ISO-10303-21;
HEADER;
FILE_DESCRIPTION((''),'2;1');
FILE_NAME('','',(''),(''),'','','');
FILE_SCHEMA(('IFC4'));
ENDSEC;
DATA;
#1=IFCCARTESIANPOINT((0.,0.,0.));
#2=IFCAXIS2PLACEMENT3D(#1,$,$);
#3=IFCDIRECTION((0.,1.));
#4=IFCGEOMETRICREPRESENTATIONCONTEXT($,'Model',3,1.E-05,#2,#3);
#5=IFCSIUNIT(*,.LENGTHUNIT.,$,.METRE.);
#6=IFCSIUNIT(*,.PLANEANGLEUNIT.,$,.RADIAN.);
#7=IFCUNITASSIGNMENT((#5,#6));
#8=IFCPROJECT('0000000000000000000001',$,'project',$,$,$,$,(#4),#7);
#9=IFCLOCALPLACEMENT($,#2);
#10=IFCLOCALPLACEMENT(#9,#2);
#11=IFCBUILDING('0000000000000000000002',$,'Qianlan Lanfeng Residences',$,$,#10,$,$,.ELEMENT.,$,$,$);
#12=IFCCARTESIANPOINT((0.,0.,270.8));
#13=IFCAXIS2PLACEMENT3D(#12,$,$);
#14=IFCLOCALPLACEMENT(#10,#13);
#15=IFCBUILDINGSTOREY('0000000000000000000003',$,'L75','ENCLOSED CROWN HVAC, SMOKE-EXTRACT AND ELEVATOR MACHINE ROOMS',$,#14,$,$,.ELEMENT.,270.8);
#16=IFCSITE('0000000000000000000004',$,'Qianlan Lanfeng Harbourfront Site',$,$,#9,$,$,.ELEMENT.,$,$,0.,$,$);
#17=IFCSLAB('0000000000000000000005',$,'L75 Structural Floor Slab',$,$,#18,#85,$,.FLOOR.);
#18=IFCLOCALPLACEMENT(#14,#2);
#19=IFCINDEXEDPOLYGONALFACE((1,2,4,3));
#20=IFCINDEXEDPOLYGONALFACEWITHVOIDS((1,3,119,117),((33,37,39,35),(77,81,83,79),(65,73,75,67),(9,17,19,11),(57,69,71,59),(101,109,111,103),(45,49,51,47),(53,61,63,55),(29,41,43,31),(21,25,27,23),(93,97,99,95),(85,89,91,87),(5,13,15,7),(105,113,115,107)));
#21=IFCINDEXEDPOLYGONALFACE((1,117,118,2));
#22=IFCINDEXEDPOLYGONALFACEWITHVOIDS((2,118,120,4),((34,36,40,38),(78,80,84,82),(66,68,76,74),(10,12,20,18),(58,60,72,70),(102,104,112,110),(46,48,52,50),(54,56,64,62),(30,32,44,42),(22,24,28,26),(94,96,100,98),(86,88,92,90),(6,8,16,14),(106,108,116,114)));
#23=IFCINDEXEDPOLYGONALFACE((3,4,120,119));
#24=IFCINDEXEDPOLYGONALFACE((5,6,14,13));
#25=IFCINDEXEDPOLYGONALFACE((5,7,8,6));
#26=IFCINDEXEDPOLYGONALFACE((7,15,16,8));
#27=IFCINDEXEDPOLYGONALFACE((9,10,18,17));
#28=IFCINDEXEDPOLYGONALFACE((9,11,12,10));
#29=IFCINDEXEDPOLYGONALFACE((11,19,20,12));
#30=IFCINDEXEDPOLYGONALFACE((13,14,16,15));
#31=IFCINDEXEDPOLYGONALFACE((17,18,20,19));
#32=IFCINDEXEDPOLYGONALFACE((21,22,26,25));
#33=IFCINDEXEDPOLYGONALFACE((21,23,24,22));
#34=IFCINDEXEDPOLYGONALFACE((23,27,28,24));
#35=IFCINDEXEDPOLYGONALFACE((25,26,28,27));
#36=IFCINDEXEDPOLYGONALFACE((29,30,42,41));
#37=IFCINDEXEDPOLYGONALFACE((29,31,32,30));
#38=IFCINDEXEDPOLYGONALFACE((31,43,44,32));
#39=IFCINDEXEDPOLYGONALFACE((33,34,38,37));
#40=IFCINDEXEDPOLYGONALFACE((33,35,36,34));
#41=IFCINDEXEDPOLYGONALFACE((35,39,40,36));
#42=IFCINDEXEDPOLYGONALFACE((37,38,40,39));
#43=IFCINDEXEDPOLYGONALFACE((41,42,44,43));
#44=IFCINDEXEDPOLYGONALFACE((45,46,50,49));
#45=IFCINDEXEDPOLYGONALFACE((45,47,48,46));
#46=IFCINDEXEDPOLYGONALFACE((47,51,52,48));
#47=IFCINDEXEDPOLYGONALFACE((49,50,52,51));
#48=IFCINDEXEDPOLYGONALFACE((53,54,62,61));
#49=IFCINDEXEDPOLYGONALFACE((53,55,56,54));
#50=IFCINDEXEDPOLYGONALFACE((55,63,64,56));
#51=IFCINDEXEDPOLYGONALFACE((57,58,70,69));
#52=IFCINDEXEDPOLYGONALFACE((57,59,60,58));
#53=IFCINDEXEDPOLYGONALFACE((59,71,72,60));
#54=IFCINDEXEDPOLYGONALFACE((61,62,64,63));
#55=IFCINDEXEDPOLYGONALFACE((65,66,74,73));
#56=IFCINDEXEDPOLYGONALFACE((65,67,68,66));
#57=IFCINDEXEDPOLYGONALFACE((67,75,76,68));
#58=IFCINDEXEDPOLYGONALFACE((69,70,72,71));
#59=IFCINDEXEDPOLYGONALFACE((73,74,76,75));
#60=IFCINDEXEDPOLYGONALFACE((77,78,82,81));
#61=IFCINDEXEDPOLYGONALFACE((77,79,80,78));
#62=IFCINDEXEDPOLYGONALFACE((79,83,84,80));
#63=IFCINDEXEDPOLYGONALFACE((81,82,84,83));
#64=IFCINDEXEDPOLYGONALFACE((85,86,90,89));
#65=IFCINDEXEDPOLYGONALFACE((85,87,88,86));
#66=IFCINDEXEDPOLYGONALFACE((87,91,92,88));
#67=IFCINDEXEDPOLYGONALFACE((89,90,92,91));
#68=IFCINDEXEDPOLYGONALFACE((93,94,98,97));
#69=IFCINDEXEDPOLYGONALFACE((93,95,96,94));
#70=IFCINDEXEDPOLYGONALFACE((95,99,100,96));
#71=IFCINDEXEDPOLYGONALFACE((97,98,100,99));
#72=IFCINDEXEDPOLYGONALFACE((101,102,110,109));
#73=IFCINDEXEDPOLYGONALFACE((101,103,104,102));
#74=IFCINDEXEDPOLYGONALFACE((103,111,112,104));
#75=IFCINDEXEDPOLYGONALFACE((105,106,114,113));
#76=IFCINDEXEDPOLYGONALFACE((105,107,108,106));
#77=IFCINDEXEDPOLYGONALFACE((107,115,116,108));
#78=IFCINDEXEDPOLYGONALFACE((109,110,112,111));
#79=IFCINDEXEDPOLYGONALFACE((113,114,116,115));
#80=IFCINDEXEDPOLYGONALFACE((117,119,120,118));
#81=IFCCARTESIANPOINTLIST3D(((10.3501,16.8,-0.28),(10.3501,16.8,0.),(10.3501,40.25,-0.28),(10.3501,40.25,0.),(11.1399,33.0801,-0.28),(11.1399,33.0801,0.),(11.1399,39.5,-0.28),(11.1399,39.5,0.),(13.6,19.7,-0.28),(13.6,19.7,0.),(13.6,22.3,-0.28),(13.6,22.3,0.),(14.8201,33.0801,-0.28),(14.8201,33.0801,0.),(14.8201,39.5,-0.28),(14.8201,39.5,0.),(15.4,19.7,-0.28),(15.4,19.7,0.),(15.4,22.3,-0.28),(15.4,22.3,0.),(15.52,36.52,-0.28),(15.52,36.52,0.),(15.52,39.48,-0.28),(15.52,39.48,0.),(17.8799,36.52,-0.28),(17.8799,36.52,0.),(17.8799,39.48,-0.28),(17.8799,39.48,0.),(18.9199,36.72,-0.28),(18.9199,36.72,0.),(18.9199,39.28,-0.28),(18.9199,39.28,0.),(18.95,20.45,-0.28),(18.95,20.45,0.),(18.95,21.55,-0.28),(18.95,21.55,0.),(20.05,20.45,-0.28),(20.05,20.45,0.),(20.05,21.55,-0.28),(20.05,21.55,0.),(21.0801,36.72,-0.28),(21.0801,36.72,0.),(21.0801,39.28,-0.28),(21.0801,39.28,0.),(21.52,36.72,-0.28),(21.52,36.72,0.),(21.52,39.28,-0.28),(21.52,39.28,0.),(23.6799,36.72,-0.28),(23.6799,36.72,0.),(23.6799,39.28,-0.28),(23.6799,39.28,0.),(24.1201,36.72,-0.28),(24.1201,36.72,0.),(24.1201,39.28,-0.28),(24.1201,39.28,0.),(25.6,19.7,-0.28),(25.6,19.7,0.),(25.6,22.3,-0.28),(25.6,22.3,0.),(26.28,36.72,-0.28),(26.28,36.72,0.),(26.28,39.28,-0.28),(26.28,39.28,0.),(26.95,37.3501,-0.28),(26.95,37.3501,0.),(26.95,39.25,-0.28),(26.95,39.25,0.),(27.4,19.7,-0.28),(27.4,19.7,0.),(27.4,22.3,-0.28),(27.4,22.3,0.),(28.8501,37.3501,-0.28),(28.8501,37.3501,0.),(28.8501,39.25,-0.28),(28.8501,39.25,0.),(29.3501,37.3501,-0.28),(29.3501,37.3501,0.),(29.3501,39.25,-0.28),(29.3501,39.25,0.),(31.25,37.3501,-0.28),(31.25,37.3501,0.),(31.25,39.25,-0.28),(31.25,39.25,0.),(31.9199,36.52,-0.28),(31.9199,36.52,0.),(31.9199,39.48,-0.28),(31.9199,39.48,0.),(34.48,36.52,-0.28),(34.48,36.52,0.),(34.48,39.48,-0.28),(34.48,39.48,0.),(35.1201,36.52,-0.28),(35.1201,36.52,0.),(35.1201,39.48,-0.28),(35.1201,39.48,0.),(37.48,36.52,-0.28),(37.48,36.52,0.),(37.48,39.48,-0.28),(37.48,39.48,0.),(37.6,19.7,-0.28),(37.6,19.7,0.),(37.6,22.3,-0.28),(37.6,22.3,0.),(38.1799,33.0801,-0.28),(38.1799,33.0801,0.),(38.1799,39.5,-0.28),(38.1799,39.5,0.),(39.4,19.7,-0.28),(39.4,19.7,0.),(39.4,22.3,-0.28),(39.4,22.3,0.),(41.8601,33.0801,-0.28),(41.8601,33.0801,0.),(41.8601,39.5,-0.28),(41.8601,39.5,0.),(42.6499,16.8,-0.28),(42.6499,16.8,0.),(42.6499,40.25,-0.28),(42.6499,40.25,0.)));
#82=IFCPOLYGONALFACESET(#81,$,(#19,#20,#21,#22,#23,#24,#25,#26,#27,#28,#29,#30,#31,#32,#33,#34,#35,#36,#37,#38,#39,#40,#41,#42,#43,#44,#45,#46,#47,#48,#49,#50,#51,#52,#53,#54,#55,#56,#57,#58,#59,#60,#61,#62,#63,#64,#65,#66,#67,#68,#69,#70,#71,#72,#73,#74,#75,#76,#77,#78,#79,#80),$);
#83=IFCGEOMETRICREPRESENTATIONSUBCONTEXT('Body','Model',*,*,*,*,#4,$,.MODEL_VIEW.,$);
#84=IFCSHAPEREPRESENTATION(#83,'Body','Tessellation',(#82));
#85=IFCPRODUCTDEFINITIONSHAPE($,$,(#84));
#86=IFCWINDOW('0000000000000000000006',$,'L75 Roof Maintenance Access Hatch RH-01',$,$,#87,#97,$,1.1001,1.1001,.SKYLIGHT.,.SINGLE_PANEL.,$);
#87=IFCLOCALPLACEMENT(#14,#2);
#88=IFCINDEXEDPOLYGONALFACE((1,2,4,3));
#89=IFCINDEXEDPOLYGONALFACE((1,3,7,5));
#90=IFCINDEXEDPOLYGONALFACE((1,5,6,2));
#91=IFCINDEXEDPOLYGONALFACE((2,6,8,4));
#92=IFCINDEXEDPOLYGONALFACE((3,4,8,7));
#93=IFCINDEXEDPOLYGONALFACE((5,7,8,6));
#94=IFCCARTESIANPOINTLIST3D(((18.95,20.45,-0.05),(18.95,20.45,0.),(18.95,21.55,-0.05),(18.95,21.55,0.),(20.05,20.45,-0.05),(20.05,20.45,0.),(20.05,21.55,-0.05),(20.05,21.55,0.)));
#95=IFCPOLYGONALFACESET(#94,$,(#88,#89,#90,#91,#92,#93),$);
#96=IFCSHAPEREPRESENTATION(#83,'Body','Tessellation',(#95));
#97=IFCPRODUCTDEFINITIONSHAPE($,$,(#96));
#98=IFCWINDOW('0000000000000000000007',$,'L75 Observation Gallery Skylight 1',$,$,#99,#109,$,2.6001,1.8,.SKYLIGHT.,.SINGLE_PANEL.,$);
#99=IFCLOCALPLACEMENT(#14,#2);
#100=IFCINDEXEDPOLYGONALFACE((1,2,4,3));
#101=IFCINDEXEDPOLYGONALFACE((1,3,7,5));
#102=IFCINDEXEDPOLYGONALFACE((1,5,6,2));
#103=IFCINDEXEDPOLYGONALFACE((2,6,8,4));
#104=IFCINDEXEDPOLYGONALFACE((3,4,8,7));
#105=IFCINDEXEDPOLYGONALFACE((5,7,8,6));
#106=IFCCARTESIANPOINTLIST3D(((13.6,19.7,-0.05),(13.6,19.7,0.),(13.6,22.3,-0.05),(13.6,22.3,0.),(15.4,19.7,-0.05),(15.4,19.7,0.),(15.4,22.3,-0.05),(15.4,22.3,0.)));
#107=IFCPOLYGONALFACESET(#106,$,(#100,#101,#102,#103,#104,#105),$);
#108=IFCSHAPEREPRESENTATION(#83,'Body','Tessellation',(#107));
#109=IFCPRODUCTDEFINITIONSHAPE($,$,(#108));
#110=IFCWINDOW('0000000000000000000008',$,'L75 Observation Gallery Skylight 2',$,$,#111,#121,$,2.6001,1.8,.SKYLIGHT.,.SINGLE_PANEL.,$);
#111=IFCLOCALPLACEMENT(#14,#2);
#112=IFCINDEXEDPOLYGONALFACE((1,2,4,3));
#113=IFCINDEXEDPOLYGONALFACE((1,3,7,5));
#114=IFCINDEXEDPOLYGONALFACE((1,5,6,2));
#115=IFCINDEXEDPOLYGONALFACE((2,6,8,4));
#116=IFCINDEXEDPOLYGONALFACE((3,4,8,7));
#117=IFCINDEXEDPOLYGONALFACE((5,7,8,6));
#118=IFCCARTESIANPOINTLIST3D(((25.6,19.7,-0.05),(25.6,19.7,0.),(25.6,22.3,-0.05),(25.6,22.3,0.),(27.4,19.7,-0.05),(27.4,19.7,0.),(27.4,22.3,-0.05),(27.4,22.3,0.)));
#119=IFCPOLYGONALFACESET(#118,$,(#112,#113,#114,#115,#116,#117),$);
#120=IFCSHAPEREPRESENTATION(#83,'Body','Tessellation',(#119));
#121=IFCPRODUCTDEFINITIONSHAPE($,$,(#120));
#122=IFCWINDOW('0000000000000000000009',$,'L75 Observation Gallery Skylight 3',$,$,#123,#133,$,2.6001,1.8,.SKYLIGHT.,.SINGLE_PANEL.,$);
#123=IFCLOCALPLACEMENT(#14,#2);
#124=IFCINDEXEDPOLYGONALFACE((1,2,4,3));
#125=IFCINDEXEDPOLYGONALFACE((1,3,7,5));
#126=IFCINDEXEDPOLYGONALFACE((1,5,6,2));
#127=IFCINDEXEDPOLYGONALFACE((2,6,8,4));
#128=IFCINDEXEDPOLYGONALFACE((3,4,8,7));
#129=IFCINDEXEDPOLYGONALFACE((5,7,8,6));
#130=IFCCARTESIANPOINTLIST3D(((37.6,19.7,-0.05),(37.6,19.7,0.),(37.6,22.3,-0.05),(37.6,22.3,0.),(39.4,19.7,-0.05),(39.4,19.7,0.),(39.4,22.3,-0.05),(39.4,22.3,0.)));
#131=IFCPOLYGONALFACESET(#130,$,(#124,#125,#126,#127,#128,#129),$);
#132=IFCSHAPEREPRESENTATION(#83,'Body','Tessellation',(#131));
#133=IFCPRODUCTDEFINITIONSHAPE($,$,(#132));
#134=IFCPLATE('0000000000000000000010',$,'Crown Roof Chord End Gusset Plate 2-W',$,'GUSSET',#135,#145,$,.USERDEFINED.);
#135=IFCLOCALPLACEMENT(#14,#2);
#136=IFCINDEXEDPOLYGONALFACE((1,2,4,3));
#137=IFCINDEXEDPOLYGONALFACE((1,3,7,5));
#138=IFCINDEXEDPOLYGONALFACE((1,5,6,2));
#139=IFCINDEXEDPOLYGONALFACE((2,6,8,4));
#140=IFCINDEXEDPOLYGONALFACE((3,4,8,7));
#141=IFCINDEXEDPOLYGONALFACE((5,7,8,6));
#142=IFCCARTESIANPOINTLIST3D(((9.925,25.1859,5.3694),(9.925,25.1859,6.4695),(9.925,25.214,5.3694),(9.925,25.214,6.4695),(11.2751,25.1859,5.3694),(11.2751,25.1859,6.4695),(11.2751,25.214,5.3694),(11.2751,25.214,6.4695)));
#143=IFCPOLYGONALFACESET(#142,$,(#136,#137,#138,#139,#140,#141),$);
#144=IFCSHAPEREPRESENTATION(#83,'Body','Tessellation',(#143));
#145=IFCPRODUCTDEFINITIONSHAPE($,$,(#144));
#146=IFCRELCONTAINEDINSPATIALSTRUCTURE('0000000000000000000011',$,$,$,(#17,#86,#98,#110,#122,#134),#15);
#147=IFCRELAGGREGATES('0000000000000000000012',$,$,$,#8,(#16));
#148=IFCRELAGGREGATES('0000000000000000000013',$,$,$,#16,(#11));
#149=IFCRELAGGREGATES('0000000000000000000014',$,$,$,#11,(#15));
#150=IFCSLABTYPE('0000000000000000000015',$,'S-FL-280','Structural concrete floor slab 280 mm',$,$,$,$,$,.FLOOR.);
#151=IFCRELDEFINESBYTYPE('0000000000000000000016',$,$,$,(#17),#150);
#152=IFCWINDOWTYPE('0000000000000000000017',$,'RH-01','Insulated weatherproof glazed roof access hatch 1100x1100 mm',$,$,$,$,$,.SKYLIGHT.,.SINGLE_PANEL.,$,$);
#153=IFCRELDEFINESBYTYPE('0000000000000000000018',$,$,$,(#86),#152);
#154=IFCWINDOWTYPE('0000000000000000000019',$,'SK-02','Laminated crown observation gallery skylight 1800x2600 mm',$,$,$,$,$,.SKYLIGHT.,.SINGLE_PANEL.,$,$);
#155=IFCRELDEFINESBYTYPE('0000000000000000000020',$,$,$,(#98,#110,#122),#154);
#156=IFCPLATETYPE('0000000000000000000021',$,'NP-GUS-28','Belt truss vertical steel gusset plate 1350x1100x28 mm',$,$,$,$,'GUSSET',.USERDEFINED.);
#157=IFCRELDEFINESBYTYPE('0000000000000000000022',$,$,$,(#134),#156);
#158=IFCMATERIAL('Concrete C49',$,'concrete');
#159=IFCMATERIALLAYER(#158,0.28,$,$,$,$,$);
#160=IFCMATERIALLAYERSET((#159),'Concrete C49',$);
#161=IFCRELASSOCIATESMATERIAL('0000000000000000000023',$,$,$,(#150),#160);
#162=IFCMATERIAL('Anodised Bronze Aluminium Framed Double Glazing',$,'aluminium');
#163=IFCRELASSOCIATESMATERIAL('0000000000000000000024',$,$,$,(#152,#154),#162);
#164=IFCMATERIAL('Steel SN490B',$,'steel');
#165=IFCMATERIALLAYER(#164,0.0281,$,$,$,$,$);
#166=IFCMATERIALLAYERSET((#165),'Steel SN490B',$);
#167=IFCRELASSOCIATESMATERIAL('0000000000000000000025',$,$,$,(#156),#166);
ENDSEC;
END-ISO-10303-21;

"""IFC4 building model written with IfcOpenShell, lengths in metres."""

from ifc_helpers import new_model, si_unit, direction, frame, origin, origin_2d, place, context, subcontext, project, spatial, polyline, rectangle, outline, extrude, source, transform, mapped, material, layer, layer_set, type_object, element, fill, save


model = new_model("IFC4")

# Units and contexts
model_context = context("Model", 3, precision=1e-05, world=origin(), true_north=direction((0.0, 1.0)))
body_context = subcontext(model_context, "Body", "Model", "MODEL_VIEW")
ifc_project = project(units=[si_unit("LENGTHUNIT", "METRE"), si_unit("PLANEANGLEUNIT", "RADIAN")], contexts=[model_context])

# Site, building, storey
site_placement = place(None, origin())
site = spatial("IfcSite", under=ifc_project, at=site_placement, Name="Qianlan Lanfeng Harbourfront Site", CompositionType="ELEMENT", RefElevation=0.0)
building_placement = place(site_placement, origin())
building = spatial("IfcBuilding", under=site, at=building_placement, Name="Qianlan Lanfeng Residences", CompositionType="ELEMENT")
storey_placement = place(building_placement, frame((0.0, 0.0, 270.8)))
storey = spatial("IfcBuildingStorey", under=building, at=storey_placement, Name="L75", Description="ENCLOSED CROWN HVAC, SMOKE-EXTRACT AND ELEVATOR MACHINE ROOMS", CompositionType="ELEMENT", Elevation=270.8)

# Shared definitions
ifc_material_1 = material(Name="Steel SN490B", Category="steel")

# Shared definitions
ifc_material_2 = material(Name="Concrete C49", Category="concrete")

# Slab, openings, windows
ifc_layer_1 = layer(ifc_material_2, 0.28)
ifc_layer_set_1 = layer_set([ifc_layer_1], Name="Concrete C49")
slab_type = type_object("IfcSlabType", Name="S-FL-280", Description="Structural concrete floor slab 280 mm", PredefinedType="FLOOR", material=ifc_layer_set_1)
slab_placement = place(storey_placement, frame((0.0, 0.0, -0.28)))
slab = element("IfcSlab", 1, at=slab_placement, inside=storey, type_object=slab_type, Name="L75 Structural Floor Slab", PredefinedType="FLOOR", context=body_context, shape_type="SweptSolid", body=[
    extrude(outline(polyline([(10.3501, 16.8), (42.6499, 16.8), (42.6499, 40.25), (10.3501, 40.25), (10.3501, 16.8)]), holes=[polyline([(11.1399, 33.0801), (11.1399, 39.5), (14.8201, 39.5), (14.8201, 33.0801), (11.1399, 33.0801)]), polyline([(38.1799, 33.0801), (38.1799, 39.5), (41.8601, 39.5), (41.8601, 33.0801), (38.1799, 33.0801)]), polyline([(15.52, 36.52), (15.52, 39.48), (17.8799, 39.48), (17.8799, 36.52), (15.52, 36.52)]), polyline([(35.1201, 36.52), (35.1201, 39.48), (37.48, 39.48), (37.48, 36.52), (35.1201, 36.52)]), polyline([(31.9199, 36.52), (31.9199, 39.48), (34.48, 39.48), (34.48, 36.52), (31.9199, 36.52)]), polyline([(18.9199, 36.72), (18.9199, 39.28), (21.0801, 39.28), (21.0801, 36.72), (18.9199, 36.72)]), polyline([(21.52, 36.72), (21.52, 39.28), (23.6799, 39.28), (23.6799, 36.72), (21.52, 36.72)]), polyline([(24.1201, 36.72), (24.1201, 39.28), (26.28, 39.28), (26.28, 36.72), (24.1201, 36.72)]), polyline([(26.95, 37.3501), (26.95, 39.25), (28.8501, 39.25), (28.8501, 37.3501), (26.95, 37.3501)]), polyline([(29.3501, 37.3501), (29.3501, 39.25), (31.25, 39.25), (31.25, 37.3501), (29.3501, 37.3501)])]), origin(), (0.0, 0.0, 1.0), 0.28),
])
opening_1_placement = place(slab_placement, frame((14.5, 21.0, -0.01)))
opening_1 = element("IfcOpeningElement", 2, at=opening_1_placement, cuts=slab, PredefinedType="OPENING", context=body_context, shape_type="SweptSolid", body=[
    extrude(rectangle(XDim=1.8, YDim=2.6001, at=origin_2d()), origin(), (0.0, 0.0, 1.0), 0.3),
])
opening_2_placement = place(slab_placement, frame((26.5, 21.0, -0.01)))
opening_2 = element("IfcOpeningElement", 3, at=opening_2_placement, cuts=slab, PredefinedType="OPENING", context=body_context, shape_type="SweptSolid", body=[
    extrude(rectangle(XDim=1.8, YDim=2.6001, at=origin_2d()), origin(), (0.0, 0.0, 1.0), 0.3),
])
opening_3_placement = place(slab_placement, frame((38.5, 21.0, -0.01)))
opening_3 = element("IfcOpeningElement", 4, at=opening_3_placement, cuts=slab, PredefinedType="OPENING", context=body_context, shape_type="SweptSolid", body=[
    extrude(rectangle(XDim=1.8, YDim=2.6001, at=origin_2d()), origin(), (0.0, 0.0, 1.0), 0.3),
])
opening_4_placement = place(slab_placement, frame((19.5, 21.0, -0.01)))
opening_4 = element("IfcOpeningElement", 5, at=opening_4_placement, cuts=slab, PredefinedType="OPENING", context=body_context, shape_type="SweptSolid", body=[
    extrude(rectangle(XDim=1.1001, YDim=1.1001, at=origin_2d()), origin(), (0.0, 0.0, 1.0), 0.3),
])
ifc_material_3 = material(Name="Anodised Bronze Aluminium Framed Double Glazing", Category="aluminium")
window_type_1 = type_object("IfcWindowType", Name="RH-01", Description="Insulated weatherproof glazed roof access hatch 1100x1100 mm", PartitioningType="SINGLE_PANEL", PredefinedType="SKYLIGHT", material=ifc_material_3)
window_1_placement = place(slab_placement, frame((19.5, 21.0, 0.23)))
window_1 = element("IfcWindow", 6, at=window_1_placement, inside=storey, type_object=window_type_1, Name="L75 Roof Maintenance Access Hatch RH-01", OverallHeight=1.1001, OverallWidth=1.1001, PartitioningType="SINGLE_PANEL", PredefinedType="SKYLIGHT", context=body_context, shape_type="SweptSolid", body=[
    extrude(rectangle(XDim=1.1001, YDim=1.1001, at=origin_2d()), origin(), (0.0, 0.0, 1.0), 0.05),
])
fill(opening_4, window_1)
window_type_2 = type_object("IfcWindowType", Name="SK-02", Description="Laminated crown observation gallery skylight 1800x2600 mm", PartitioningType="SINGLE_PANEL", PredefinedType="SKYLIGHT", material=ifc_material_3)
window_2_placement = place(slab_placement, frame((14.5, 21.0, 0.23)))
window_2 = element("IfcWindow", 7, at=window_2_placement, inside=storey, type_object=window_type_2, Name="L75 Observation Gallery Skylight 1", OverallHeight=2.6001, OverallWidth=1.8, PartitioningType="SINGLE_PANEL", PredefinedType="SKYLIGHT", context=body_context, shape_type="SweptSolid", body=[
    extrude(rectangle(XDim=1.8, YDim=2.6001, at=origin_2d()), origin(), (0.0, 0.0, 1.0), 0.05),
])
fill(opening_1, window_2)
window_3_placement = place(slab_placement, frame((26.5, 21.0, 0.23)))
window_3 = element("IfcWindow", 8, at=window_3_placement, inside=storey, type_object=window_type_2, Name="L75 Observation Gallery Skylight 2", OverallHeight=2.6001, OverallWidth=1.8, PartitioningType="SINGLE_PANEL", PredefinedType="SKYLIGHT", context=body_context, shape_type="SweptSolid", body=[
    extrude(rectangle(XDim=1.8, YDim=2.6001, at=origin_2d()), origin(), (0.0, 0.0, 1.0), 0.05),
])
fill(opening_2, window_3)
window_4_placement = place(slab_placement, frame((38.5, 21.0, 0.23)))
window_4 = element("IfcWindow", 9, at=window_4_placement, inside=storey, type_object=window_type_2, Name="L75 Observation Gallery Skylight 3", OverallHeight=2.6001, OverallWidth=1.8, PartitioningType="SINGLE_PANEL", PredefinedType="SKYLIGHT", context=body_context, shape_type="SweptSolid", body=[
    extrude(rectangle(XDim=1.8, YDim=2.6001, at=origin_2d()), origin(), (0.0, 0.0, 1.0), 0.05),
])
fill(opening_3, window_4)

# Plate
ifc_layer_2 = layer(ifc_material_1, 0.0281)
ifc_layer_set_2 = layer_set([ifc_layer_2], Name="Steel SN490B")
plate_type = type_object("IfcPlateType", Name="NP-GUS-28", Description="Belt truss vertical steel gusset plate 1350x1100x28 mm", ElementType="GUSSET", PredefinedType="USERDEFINED", material=ifc_layer_set_2)
shared_shape = source(origin(), body_context, "Body", "SweptSolid", [
    extrude(rectangle(XDim=1.3501, YDim=0.0281, at=origin_2d()), origin(), (0.0, 0.0, 1.0), 1.1001),
])
plate_placement = place(storey_placement, frame((10.6001, 25.2, 5.3694), z_axis=(0.0, 0.0, 1.0), x_axis=(1.0, 0.0, 0.0)))
element("IfcPlate", 10, at=plate_placement, inside=storey, type_object=plate_type, Name="Crown Roof Chord End Gusset Plate 2-W", ObjectType="GUSSET", PredefinedType="USERDEFINED", context=body_context, shape_type="MappedRepresentation", body=[
    mapped(shared_shape, transform((0.0, 0.0, 0.0), scale=1.0)),
])

save(model, "model.ifc")
